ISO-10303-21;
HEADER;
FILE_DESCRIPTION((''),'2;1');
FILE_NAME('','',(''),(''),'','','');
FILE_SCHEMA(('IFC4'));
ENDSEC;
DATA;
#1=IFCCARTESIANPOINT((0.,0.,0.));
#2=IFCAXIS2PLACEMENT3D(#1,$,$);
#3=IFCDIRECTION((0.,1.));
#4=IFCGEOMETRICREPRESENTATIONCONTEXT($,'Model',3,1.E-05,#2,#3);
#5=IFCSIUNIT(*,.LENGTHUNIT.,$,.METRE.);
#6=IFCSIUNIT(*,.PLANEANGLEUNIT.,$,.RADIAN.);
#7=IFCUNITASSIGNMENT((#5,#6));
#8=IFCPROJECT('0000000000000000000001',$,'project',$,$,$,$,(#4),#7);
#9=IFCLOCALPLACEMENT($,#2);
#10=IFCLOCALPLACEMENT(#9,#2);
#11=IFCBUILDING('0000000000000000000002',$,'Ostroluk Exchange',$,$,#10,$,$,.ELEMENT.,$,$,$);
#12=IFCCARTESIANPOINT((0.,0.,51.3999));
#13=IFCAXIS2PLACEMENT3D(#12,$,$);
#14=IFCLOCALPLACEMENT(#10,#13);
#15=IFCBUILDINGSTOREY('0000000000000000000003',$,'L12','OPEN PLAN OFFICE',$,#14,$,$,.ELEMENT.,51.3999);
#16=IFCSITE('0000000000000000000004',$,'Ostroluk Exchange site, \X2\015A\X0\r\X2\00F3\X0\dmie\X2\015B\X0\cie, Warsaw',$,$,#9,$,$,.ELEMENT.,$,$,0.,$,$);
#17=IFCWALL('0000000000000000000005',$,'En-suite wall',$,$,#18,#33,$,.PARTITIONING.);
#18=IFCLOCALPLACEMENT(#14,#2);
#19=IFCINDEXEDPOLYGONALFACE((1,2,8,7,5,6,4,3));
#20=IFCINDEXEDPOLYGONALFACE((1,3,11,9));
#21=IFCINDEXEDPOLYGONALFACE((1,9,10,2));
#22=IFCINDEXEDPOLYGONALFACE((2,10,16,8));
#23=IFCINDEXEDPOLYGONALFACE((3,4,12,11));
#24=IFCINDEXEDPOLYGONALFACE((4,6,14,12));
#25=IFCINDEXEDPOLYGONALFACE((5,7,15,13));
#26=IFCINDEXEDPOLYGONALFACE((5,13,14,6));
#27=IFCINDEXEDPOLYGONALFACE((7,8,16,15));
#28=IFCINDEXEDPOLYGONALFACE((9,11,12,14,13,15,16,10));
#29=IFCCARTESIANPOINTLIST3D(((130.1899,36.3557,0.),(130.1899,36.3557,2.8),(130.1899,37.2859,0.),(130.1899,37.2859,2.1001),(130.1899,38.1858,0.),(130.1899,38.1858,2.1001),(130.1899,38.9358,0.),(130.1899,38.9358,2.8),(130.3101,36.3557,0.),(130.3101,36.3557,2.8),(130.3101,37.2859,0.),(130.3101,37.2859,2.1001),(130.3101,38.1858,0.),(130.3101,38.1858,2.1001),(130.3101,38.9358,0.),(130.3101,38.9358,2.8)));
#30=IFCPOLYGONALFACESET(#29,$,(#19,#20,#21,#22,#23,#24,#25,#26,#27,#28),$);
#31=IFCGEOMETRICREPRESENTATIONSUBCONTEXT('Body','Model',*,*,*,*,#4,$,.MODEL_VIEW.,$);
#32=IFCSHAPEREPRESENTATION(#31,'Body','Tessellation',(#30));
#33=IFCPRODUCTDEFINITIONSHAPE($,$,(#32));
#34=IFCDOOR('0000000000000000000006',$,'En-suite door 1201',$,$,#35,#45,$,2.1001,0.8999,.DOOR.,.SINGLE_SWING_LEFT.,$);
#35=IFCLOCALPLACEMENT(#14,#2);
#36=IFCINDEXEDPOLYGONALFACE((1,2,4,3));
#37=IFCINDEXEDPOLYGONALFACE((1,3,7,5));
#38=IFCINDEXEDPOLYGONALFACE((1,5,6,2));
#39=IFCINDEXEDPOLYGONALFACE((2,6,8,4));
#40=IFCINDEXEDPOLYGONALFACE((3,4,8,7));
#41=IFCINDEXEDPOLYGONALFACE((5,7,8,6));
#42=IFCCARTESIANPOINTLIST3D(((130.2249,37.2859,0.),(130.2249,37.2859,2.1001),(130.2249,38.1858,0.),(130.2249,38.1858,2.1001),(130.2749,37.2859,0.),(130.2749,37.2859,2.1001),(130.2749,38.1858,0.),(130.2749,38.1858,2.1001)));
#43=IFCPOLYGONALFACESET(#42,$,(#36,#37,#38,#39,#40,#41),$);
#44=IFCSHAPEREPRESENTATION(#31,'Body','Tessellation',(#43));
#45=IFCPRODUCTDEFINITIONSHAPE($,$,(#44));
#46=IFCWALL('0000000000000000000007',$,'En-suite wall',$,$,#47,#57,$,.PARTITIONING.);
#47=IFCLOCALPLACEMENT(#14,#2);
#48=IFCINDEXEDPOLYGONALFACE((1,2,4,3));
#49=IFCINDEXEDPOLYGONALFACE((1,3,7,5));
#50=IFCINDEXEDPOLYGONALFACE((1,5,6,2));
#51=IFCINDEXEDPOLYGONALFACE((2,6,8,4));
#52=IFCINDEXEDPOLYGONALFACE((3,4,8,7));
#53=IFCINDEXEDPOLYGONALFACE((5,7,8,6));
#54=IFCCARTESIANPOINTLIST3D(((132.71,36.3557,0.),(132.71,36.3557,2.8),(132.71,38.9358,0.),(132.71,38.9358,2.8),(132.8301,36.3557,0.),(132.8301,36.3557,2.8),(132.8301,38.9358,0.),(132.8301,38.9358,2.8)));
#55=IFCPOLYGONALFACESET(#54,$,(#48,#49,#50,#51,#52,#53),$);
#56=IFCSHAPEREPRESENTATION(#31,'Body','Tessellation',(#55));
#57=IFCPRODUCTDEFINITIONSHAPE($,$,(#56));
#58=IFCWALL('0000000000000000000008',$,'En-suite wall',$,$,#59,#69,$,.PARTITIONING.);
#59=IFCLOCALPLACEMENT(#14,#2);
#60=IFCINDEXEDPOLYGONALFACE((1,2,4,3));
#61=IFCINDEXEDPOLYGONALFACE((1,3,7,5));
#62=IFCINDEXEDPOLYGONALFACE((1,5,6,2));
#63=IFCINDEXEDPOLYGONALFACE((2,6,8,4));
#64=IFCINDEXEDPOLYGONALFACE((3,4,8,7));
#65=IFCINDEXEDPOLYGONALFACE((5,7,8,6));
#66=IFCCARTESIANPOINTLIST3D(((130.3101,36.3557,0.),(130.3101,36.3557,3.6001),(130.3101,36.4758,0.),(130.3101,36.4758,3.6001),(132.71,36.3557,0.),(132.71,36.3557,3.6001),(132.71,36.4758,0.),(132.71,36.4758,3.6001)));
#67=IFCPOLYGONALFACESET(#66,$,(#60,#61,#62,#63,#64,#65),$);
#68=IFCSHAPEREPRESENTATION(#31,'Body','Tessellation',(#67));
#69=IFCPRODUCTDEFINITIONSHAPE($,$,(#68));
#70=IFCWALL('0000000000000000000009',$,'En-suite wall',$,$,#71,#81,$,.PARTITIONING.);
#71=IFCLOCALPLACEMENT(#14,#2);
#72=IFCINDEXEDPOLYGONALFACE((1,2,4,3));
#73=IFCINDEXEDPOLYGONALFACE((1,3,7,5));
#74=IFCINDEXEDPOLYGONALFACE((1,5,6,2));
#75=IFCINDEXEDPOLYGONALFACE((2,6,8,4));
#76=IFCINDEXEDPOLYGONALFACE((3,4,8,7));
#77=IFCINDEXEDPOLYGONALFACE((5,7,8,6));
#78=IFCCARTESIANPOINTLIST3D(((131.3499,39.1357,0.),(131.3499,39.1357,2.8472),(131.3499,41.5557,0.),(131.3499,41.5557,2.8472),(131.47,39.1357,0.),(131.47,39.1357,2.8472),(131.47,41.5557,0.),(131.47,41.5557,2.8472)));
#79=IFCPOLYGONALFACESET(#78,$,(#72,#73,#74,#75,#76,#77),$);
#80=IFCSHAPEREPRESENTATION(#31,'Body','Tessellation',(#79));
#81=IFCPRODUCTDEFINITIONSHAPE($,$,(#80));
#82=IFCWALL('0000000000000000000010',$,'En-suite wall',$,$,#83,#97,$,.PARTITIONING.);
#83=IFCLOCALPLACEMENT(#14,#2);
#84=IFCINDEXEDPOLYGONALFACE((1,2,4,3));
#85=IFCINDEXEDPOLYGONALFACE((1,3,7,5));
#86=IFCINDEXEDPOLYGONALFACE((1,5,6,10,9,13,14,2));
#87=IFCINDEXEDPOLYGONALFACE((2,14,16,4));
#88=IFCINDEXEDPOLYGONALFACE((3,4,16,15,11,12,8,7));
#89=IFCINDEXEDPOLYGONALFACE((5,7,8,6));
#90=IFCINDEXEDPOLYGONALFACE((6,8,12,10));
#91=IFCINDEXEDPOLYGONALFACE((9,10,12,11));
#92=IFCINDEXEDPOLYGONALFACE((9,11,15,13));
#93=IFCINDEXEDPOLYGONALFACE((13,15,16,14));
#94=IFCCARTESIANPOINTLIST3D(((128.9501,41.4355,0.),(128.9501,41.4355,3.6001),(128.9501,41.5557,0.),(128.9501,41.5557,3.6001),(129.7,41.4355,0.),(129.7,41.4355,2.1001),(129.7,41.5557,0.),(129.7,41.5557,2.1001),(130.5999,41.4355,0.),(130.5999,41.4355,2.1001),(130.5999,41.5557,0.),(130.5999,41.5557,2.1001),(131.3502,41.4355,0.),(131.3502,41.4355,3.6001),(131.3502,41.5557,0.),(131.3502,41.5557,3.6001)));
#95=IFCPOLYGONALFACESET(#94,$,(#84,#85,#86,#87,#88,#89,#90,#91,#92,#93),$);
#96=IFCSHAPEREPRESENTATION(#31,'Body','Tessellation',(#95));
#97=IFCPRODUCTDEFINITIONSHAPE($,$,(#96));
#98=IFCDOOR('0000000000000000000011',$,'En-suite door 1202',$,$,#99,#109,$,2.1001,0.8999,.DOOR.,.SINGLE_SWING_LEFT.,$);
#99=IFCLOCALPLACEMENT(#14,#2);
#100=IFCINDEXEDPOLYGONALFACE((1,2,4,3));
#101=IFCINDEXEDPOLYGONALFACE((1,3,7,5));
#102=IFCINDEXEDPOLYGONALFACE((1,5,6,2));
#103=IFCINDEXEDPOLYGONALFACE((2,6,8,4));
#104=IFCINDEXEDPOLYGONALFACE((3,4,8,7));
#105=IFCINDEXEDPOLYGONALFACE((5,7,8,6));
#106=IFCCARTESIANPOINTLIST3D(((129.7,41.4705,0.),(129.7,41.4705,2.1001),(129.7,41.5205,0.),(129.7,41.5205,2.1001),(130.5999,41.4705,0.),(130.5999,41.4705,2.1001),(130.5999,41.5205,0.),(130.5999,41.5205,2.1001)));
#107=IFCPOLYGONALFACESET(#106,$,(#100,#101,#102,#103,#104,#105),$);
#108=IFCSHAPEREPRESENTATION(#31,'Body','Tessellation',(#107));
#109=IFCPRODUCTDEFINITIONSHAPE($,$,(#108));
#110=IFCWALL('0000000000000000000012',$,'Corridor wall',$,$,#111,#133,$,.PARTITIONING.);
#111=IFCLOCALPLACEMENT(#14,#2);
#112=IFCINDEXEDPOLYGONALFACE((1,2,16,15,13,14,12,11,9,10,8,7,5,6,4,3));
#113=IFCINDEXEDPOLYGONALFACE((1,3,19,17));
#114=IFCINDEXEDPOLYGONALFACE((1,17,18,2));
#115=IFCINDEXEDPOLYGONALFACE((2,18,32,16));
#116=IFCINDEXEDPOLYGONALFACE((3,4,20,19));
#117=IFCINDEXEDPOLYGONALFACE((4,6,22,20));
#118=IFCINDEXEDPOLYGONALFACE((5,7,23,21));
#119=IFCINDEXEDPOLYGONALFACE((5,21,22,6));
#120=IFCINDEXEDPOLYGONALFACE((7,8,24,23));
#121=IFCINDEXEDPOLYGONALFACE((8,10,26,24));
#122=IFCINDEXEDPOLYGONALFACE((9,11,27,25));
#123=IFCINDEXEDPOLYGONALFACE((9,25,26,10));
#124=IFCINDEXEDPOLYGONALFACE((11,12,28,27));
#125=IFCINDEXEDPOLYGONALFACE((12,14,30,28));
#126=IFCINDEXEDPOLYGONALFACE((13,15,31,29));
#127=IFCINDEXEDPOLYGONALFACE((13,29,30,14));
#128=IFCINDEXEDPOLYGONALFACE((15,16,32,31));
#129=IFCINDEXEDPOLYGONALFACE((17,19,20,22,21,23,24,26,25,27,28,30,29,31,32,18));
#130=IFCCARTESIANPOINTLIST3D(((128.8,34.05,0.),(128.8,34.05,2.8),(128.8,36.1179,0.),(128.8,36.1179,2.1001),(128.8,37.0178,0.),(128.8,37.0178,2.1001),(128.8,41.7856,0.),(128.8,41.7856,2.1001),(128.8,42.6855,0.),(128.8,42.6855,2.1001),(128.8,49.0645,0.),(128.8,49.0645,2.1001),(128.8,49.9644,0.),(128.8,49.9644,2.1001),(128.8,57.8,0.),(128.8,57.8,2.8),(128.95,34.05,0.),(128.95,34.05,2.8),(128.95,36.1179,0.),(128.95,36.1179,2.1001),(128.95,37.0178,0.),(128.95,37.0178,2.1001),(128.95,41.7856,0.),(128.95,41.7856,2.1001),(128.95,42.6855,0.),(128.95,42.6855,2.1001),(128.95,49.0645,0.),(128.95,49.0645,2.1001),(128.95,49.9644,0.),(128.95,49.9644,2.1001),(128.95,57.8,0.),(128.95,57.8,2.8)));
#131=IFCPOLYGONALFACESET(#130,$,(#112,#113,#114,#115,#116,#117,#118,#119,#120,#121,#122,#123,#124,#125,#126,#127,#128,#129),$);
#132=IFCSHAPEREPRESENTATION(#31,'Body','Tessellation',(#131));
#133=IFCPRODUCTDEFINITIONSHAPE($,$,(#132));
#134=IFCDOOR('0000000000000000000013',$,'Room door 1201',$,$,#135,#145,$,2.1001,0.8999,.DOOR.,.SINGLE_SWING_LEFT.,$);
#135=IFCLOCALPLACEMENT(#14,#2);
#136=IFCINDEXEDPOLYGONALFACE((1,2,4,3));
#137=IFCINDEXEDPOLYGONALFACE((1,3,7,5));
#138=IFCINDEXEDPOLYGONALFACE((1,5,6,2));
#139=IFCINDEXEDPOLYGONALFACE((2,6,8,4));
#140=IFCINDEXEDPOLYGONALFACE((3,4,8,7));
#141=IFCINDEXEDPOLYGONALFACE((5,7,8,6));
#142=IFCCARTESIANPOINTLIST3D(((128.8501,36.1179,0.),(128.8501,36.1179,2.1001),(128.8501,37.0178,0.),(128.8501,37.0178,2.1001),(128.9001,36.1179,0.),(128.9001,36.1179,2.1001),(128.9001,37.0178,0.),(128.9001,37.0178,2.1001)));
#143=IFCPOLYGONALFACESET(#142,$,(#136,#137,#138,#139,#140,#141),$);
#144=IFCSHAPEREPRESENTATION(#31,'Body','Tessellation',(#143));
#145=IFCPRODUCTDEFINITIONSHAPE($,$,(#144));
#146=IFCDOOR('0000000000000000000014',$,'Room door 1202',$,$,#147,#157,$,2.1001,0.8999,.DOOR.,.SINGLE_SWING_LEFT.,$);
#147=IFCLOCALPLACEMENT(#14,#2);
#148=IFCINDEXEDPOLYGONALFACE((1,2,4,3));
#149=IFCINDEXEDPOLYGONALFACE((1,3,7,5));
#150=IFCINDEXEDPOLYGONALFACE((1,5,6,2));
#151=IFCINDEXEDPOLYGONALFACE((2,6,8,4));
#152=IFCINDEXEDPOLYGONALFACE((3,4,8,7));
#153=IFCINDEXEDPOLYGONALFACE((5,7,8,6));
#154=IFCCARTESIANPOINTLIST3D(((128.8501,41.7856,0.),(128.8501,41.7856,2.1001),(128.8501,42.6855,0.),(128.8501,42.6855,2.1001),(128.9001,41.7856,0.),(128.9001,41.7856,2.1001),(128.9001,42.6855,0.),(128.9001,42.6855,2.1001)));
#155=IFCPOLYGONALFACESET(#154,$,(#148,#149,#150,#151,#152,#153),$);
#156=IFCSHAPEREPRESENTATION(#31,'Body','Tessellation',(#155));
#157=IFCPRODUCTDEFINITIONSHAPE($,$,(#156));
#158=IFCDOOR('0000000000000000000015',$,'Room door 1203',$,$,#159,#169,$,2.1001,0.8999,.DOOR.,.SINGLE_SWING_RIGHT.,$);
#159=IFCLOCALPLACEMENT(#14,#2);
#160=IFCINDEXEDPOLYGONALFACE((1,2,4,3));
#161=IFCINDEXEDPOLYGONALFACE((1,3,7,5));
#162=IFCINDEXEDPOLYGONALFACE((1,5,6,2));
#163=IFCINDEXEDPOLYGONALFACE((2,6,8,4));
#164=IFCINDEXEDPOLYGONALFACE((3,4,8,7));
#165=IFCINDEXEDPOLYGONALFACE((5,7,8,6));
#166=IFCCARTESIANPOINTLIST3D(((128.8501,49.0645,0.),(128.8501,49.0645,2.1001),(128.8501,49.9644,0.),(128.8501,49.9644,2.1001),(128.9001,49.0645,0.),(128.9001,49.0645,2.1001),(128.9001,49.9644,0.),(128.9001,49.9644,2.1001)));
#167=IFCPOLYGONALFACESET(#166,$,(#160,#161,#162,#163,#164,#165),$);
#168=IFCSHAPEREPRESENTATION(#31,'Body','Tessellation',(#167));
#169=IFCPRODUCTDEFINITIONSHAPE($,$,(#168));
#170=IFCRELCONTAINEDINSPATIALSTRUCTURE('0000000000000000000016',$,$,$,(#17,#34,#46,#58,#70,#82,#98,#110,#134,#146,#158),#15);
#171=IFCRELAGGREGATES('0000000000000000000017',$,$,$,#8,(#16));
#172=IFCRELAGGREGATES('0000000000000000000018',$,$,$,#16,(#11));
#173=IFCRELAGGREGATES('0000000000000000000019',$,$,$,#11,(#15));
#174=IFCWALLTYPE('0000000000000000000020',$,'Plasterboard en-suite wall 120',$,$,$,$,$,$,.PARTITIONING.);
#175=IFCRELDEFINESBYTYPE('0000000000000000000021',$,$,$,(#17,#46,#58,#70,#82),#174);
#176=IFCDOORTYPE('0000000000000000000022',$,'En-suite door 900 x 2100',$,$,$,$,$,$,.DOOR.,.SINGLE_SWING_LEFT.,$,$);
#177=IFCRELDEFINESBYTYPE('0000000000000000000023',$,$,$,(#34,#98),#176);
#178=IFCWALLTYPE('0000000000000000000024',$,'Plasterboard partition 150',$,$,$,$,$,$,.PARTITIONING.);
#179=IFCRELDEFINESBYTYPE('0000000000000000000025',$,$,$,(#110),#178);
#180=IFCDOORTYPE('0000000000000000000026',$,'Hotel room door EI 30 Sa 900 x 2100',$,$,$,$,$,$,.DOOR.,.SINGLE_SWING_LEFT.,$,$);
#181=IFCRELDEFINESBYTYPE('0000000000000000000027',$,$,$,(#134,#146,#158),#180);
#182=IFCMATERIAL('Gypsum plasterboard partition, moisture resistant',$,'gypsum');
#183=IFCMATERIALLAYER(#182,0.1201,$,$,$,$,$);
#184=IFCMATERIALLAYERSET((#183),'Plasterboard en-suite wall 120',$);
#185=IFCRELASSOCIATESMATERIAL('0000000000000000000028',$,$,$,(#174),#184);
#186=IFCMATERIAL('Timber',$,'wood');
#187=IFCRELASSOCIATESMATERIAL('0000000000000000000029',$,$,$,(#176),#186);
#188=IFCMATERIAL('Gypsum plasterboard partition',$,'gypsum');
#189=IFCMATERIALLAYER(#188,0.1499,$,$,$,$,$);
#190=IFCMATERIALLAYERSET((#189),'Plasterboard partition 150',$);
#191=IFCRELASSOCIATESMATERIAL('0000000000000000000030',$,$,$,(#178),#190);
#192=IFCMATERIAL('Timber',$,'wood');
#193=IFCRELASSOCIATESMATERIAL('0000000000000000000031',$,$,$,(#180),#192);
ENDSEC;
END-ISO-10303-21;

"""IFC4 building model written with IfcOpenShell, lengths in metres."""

from ifc_helpers import new_model, si_unit, direction, frame, frame_2d, origin, place, context, subcontext, project, spatial, rectangle, extrude, material, layer, layer_set, type_object, element, fill, save


model = new_model("IFC4")

# Units and contexts
model_context = context("Model", 3, precision=1e-05, world=origin(), true_north=direction((0.0, 1.0)))
body_context = subcontext(model_context, "Body", "Model", "MODEL_VIEW")
ifc_project = project(units=[si_unit("LENGTHUNIT", "METRE"), si_unit("PLANEANGLEUNIT", "RADIAN")], contexts=[model_context])

# Site, building, storey
site_placement = place(None, origin())
site = spatial("IfcSite", under=ifc_project, at=site_placement, Name="Ostroluk Exchange site, Śródmieście, Warsaw", CompositionType="ELEMENT", RefElevation=0.0)
building_placement = place(site_placement, origin())
building = spatial("IfcBuilding", under=site, at=building_placement, Name="Ostroluk Exchange", CompositionType="ELEMENT")
storey_placement = place(building_placement, frame((0.0, 0.0, 51.3999)))
storey = spatial("IfcBuildingStorey", under=building, at=storey_placement, Name="L12", Description="OPEN PLAN OFFICE", CompositionType="ELEMENT", Elevation=51.3999)

# Wall, opening, door
ifc_material_1 = material(Name="Gypsum plasterboard partition, moisture resistant", Category="gypsum")
ifc_layer_1 = layer(ifc_material_1, 0.1201)
ifc_layer_set_1 = layer_set([ifc_layer_1], Name="Plasterboard en-suite wall 120")
wall_type_1 = type_object("IfcWallType", Name="Plasterboard en-suite wall 120", PredefinedType="PARTITIONING", material=ifc_layer_set_1)
wall_1_placement = place(storey_placement, frame((130.25, 38.9358, 0.0), z_axis=(0.0, 0.0, 1.0), x_axis=(0.0, -1.0, 0.0)))
wall_1 = element("IfcWall", 1, at=wall_1_placement, inside=storey, type_object=wall_type_1, Name="En-suite wall", PredefinedType="PARTITIONING", context=body_context, shape_type="SweptSolid", body=[
    extrude(rectangle(XDim=2.5801, YDim=0.1201, at=frame_2d((1.29, 0.0))), origin(), (0.0, 0.0, 1.0), 2.8),
])
opening_1_placement = place(wall_1_placement, frame((0.75, 0.0, 0.0)))
opening_1 = element("IfcOpeningElement", 2, at=opening_1_placement, cuts=wall_1, PredefinedType="OPENING", context=body_context, shape_type="SweptSolid", body=[
    extrude(rectangle(XDim=0.8999, YDim=2.1001, at=frame_2d((0.45, 1.05))), frame((0.0, 0.0701, 0.0), z_axis=(0.0, -1.0, 0.0), x_axis=(1.0, 0.0, 0.0)), (0.0, 0.0, 1.0), 0.1401),
])
ifc_material_2 = material(Name="Timber", Category="wood")
door_type_1 = type_object("IfcDoorType", Name="En-suite door 900 x 2100", OperationType="SINGLE_SWING_LEFT", PredefinedType="DOOR", material=ifc_material_2)
door_1_placement = place(opening_1_placement, origin())
door_1 = element("IfcDoor", 3, at=door_1_placement, inside=storey, type_object=door_type_1, Name="En-suite door 1201", OperationType="SINGLE_SWING_LEFT", OverallHeight=2.1001, OverallWidth=0.8999, PredefinedType="DOOR", context=body_context, shape_type="SweptSolid", body=[
    extrude(rectangle(XDim=0.8999, YDim=2.1001, at=frame_2d((0.45, 1.05))), frame((0.0, 0.0249, 0.0), z_axis=(0.0, -1.0, 0.0), x_axis=(1.0, 0.0, 0.0)), (0.0, 0.0, 1.0), 0.05),
])
fill(opening_1, door_1)

# Walls
wall_2_placement = place(storey_placement, frame((132.77, 38.9358, 0.0), z_axis=(0.0, 0.0, 1.0), x_axis=(0.0, -1.0, 0.0)))
element("IfcWall", 4, at=wall_2_placement, inside=storey, type_object=wall_type_1, Name="En-suite wall", PredefinedType="PARTITIONING", context=body_context, shape_type="SweptSolid", body=[
    extrude(rectangle(XDim=2.5801, YDim=0.1201, at=frame_2d((1.29, 0.0))), origin(), (0.0, 0.0, 1.0), 2.8),
])
wall_3_placement = place(storey_placement, frame((130.3101, 36.4158, 0.0), z_axis=(0.0, 0.0, 1.0), x_axis=(1.0, 0.0, 0.0)))
element("IfcWall", 5, at=wall_3_placement, inside=storey, type_object=wall_type_1, Name="En-suite wall", PredefinedType="PARTITIONING", context=body_context, shape_type="SweptSolid", body=[
    extrude(rectangle(XDim=2.3999, YDim=0.1201, at=frame_2d((1.2, 0.0))), origin(), (0.0, 0.0, 1.0), 3.6001),
])
wall_4_placement = place(storey_placement, frame((131.4099, 39.1357, 0.0), z_axis=(0.0, 0.0, 1.0), x_axis=(0.0, 1.0, 0.0)))
element("IfcWall", 6, at=wall_4_placement, inside=storey, type_object=wall_type_1, Name="En-suite wall", PredefinedType="PARTITIONING", context=body_context, shape_type="SweptSolid", body=[
    extrude(rectangle(XDim=2.4199, YDim=0.1201, at=frame_2d((1.21, 0.0))), origin(), (0.0, 0.0, 1.0), 2.8472),
])

# Wall, opening, door
wall_5_placement = place(storey_placement, frame((128.95, 41.4956, 0.0), z_axis=(0.0, 0.0, 1.0), x_axis=(1.0, 0.0, 0.0)))
wall_5 = element("IfcWall", 7, at=wall_5_placement, inside=storey, type_object=wall_type_1, Name="En-suite wall", PredefinedType="PARTITIONING", context=body_context, shape_type="SweptSolid", body=[
    extrude(rectangle(XDim=2.4001, YDim=0.1201, at=frame_2d((1.2002, 0.0))), origin(), (0.0, 0.0, 1.0), 3.6001),
])
opening_2_placement = place(wall_5_placement, frame((0.75, 0.0, 0.0)))
opening_2 = element("IfcOpeningElement", 8, at=opening_2_placement, cuts=wall_5, PredefinedType="OPENING", context=body_context, shape_type="SweptSolid", body=[
    extrude(rectangle(XDim=0.8999, YDim=2.1001, at=frame_2d((0.45, 1.05))), frame((0.0, 0.0701, 0.0), z_axis=(0.0, -1.0, 0.0), x_axis=(1.0, 0.0, 0.0)), (0.0, 0.0, 1.0), 0.1401),
])
door_2_placement = place(opening_2_placement, origin())
door_2 = element("IfcDoor", 9, at=door_2_placement, inside=storey, type_object=door_type_1, Name="En-suite door 1202", OperationType="SINGLE_SWING_LEFT", OverallHeight=2.1001, OverallWidth=0.8999, PredefinedType="DOOR", context=body_context, shape_type="SweptSolid", body=[
    extrude(rectangle(XDim=0.8999, YDim=2.1001, at=frame_2d((0.45, 1.05))), frame((0.0, 0.0249, 0.0), z_axis=(0.0, -1.0, 0.0), x_axis=(1.0, 0.0, 0.0)), (0.0, 0.0, 1.0), 0.05),
])
fill(opening_2, door_2)

# Wall, openings, doors
ifc_material_3 = material(Name="Gypsum plasterboard partition", Category="gypsum")
ifc_layer_2 = layer(ifc_material_3, 0.1499)
ifc_layer_set_2 = layer_set([ifc_layer_2], Name="Plasterboard partition 150")
wall_type_2 = type_object("IfcWallType", Name="Plasterboard partition 150", PredefinedType="PARTITIONING", material=ifc_layer_set_2)
wall_6_placement = place(storey_placement, frame((128.875, 34.05, 0.0), z_axis=(0.0, 0.0, 1.0), x_axis=(0.0, 1.0, 0.0)))
wall_6 = element("IfcWall", 10, at=wall_6_placement, inside=storey, type_object=wall_type_2, Name="Corridor wall", PredefinedType="PARTITIONING", context=body_context, shape_type="SweptSolid", body=[
    extrude(rectangle(XDim=23.75, YDim=0.1499, at=frame_2d((11.875, 0.0))), origin(), (0.0, 0.0, 1.0), 2.8),
])
opening_3_placement = place(wall_6_placement, frame((2.0679, 0.0, 0.0)))
opening_3 = element("IfcOpeningElement", 11, at=opening_3_placement, cuts=wall_6, PredefinedType="OPENING", context=body_context, shape_type="SweptSolid", body=[
    extrude(rectangle(XDim=0.8999, YDim=2.1001, at=frame_2d((0.45, 1.05))), frame((0.0, 0.085, 0.0), z_axis=(0.0, -1.0, 0.0), x_axis=(1.0, 0.0, 0.0)), (0.0, 0.0, 1.0), 0.1699),
])
opening_4_placement = place(wall_6_placement, frame((7.7356, 0.0, 0.0)))
opening_4 = element("IfcOpeningElement", 12, at=opening_4_placement, cuts=wall_6, PredefinedType="OPENING", context=body_context, shape_type="SweptSolid", body=[
    extrude(rectangle(XDim=0.8999, YDim=2.1001, at=frame_2d((0.45, 1.05))), frame((0.0, 0.085, 0.0), z_axis=(0.0, -1.0, 0.0), x_axis=(1.0, 0.0, 0.0)), (0.0, 0.0, 1.0), 0.1699),
])
opening_5_placement = place(wall_6_placement, frame((15.0144, 0.0, 0.0)))
opening_5 = element("IfcOpeningElement", 13, at=opening_5_placement, cuts=wall_6, PredefinedType="OPENING", context=body_context, shape_type="SweptSolid", body=[
    extrude(rectangle(XDim=0.8999, YDim=2.1001, at=frame_2d((0.45, 1.05))), frame((0.0, 0.085, 0.0), z_axis=(0.0, -1.0, 0.0), x_axis=(1.0, 0.0, 0.0)), (0.0, 0.0, 1.0), 0.1699),
])
ifc_material_4 = material(Name="Timber", Category="wood")
door_type_2 = type_object("IfcDoorType", Name="Hotel room door EI 30 Sa 900 x 2100", OperationType="SINGLE_SWING_LEFT", PredefinedType="DOOR", material=ifc_material_4)
door_3_placement = place(opening_3_placement, origin())
door_3 = element("IfcDoor", 14, at=door_3_placement, inside=storey, type_object=door_type_2, Name="Room door 1201", OperationType="SINGLE_SWING_LEFT", OverallHeight=2.1001, OverallWidth=0.8999, PredefinedType="DOOR", context=body_context, shape_type="SweptSolid", body=[
    extrude(rectangle(XDim=0.8999, YDim=2.1001, at=frame_2d((0.45, 1.05))), frame((0.0, 0.0249, 0.0), z_axis=(0.0, -1.0, 0.0), x_axis=(1.0, 0.0, 0.0)), (0.0, 0.0, 1.0), 0.05),
])
fill(opening_3, door_3)
door_4_placement = place(opening_4_placement, origin())
door_4 = element("IfcDoor", 15, at=door_4_placement, inside=storey, type_object=door_type_2, Name="Room door 1202", OperationType="SINGLE_SWING_LEFT", OverallHeight=2.1001, OverallWidth=0.8999, PredefinedType="DOOR", context=body_context, shape_type="SweptSolid", body=[
    extrude(rectangle(XDim=0.8999, YDim=2.1001, at=frame_2d((0.45, 1.05))), frame((0.0, 0.0249, 0.0), z_axis=(0.0, -1.0, 0.0), x_axis=(1.0, 0.0, 0.0)), (0.0, 0.0, 1.0), 0.05),
])
fill(opening_4, door_4)
door_5_placement = place(opening_5_placement, origin())
door_5 = element("IfcDoor", 16, at=door_5_placement, inside=storey, type_object=door_type_2, Name="Room door 1203", OperationType="SINGLE_SWING_RIGHT", OverallHeight=2.1001, OverallWidth=0.8999, PredefinedType="DOOR", context=body_context, shape_type="SweptSolid", body=[
    extrude(rectangle(XDim=0.8999, YDim=2.1001, at=frame_2d((0.45, 1.05))), frame((0.0, 0.0249, 0.0), z_axis=(0.0, -1.0, 0.0), x_axis=(1.0, 0.0, 0.0)), (0.0, 0.0, 1.0), 0.05),
])
fill(opening_5, door_5)

save(model, "model.ifc")
